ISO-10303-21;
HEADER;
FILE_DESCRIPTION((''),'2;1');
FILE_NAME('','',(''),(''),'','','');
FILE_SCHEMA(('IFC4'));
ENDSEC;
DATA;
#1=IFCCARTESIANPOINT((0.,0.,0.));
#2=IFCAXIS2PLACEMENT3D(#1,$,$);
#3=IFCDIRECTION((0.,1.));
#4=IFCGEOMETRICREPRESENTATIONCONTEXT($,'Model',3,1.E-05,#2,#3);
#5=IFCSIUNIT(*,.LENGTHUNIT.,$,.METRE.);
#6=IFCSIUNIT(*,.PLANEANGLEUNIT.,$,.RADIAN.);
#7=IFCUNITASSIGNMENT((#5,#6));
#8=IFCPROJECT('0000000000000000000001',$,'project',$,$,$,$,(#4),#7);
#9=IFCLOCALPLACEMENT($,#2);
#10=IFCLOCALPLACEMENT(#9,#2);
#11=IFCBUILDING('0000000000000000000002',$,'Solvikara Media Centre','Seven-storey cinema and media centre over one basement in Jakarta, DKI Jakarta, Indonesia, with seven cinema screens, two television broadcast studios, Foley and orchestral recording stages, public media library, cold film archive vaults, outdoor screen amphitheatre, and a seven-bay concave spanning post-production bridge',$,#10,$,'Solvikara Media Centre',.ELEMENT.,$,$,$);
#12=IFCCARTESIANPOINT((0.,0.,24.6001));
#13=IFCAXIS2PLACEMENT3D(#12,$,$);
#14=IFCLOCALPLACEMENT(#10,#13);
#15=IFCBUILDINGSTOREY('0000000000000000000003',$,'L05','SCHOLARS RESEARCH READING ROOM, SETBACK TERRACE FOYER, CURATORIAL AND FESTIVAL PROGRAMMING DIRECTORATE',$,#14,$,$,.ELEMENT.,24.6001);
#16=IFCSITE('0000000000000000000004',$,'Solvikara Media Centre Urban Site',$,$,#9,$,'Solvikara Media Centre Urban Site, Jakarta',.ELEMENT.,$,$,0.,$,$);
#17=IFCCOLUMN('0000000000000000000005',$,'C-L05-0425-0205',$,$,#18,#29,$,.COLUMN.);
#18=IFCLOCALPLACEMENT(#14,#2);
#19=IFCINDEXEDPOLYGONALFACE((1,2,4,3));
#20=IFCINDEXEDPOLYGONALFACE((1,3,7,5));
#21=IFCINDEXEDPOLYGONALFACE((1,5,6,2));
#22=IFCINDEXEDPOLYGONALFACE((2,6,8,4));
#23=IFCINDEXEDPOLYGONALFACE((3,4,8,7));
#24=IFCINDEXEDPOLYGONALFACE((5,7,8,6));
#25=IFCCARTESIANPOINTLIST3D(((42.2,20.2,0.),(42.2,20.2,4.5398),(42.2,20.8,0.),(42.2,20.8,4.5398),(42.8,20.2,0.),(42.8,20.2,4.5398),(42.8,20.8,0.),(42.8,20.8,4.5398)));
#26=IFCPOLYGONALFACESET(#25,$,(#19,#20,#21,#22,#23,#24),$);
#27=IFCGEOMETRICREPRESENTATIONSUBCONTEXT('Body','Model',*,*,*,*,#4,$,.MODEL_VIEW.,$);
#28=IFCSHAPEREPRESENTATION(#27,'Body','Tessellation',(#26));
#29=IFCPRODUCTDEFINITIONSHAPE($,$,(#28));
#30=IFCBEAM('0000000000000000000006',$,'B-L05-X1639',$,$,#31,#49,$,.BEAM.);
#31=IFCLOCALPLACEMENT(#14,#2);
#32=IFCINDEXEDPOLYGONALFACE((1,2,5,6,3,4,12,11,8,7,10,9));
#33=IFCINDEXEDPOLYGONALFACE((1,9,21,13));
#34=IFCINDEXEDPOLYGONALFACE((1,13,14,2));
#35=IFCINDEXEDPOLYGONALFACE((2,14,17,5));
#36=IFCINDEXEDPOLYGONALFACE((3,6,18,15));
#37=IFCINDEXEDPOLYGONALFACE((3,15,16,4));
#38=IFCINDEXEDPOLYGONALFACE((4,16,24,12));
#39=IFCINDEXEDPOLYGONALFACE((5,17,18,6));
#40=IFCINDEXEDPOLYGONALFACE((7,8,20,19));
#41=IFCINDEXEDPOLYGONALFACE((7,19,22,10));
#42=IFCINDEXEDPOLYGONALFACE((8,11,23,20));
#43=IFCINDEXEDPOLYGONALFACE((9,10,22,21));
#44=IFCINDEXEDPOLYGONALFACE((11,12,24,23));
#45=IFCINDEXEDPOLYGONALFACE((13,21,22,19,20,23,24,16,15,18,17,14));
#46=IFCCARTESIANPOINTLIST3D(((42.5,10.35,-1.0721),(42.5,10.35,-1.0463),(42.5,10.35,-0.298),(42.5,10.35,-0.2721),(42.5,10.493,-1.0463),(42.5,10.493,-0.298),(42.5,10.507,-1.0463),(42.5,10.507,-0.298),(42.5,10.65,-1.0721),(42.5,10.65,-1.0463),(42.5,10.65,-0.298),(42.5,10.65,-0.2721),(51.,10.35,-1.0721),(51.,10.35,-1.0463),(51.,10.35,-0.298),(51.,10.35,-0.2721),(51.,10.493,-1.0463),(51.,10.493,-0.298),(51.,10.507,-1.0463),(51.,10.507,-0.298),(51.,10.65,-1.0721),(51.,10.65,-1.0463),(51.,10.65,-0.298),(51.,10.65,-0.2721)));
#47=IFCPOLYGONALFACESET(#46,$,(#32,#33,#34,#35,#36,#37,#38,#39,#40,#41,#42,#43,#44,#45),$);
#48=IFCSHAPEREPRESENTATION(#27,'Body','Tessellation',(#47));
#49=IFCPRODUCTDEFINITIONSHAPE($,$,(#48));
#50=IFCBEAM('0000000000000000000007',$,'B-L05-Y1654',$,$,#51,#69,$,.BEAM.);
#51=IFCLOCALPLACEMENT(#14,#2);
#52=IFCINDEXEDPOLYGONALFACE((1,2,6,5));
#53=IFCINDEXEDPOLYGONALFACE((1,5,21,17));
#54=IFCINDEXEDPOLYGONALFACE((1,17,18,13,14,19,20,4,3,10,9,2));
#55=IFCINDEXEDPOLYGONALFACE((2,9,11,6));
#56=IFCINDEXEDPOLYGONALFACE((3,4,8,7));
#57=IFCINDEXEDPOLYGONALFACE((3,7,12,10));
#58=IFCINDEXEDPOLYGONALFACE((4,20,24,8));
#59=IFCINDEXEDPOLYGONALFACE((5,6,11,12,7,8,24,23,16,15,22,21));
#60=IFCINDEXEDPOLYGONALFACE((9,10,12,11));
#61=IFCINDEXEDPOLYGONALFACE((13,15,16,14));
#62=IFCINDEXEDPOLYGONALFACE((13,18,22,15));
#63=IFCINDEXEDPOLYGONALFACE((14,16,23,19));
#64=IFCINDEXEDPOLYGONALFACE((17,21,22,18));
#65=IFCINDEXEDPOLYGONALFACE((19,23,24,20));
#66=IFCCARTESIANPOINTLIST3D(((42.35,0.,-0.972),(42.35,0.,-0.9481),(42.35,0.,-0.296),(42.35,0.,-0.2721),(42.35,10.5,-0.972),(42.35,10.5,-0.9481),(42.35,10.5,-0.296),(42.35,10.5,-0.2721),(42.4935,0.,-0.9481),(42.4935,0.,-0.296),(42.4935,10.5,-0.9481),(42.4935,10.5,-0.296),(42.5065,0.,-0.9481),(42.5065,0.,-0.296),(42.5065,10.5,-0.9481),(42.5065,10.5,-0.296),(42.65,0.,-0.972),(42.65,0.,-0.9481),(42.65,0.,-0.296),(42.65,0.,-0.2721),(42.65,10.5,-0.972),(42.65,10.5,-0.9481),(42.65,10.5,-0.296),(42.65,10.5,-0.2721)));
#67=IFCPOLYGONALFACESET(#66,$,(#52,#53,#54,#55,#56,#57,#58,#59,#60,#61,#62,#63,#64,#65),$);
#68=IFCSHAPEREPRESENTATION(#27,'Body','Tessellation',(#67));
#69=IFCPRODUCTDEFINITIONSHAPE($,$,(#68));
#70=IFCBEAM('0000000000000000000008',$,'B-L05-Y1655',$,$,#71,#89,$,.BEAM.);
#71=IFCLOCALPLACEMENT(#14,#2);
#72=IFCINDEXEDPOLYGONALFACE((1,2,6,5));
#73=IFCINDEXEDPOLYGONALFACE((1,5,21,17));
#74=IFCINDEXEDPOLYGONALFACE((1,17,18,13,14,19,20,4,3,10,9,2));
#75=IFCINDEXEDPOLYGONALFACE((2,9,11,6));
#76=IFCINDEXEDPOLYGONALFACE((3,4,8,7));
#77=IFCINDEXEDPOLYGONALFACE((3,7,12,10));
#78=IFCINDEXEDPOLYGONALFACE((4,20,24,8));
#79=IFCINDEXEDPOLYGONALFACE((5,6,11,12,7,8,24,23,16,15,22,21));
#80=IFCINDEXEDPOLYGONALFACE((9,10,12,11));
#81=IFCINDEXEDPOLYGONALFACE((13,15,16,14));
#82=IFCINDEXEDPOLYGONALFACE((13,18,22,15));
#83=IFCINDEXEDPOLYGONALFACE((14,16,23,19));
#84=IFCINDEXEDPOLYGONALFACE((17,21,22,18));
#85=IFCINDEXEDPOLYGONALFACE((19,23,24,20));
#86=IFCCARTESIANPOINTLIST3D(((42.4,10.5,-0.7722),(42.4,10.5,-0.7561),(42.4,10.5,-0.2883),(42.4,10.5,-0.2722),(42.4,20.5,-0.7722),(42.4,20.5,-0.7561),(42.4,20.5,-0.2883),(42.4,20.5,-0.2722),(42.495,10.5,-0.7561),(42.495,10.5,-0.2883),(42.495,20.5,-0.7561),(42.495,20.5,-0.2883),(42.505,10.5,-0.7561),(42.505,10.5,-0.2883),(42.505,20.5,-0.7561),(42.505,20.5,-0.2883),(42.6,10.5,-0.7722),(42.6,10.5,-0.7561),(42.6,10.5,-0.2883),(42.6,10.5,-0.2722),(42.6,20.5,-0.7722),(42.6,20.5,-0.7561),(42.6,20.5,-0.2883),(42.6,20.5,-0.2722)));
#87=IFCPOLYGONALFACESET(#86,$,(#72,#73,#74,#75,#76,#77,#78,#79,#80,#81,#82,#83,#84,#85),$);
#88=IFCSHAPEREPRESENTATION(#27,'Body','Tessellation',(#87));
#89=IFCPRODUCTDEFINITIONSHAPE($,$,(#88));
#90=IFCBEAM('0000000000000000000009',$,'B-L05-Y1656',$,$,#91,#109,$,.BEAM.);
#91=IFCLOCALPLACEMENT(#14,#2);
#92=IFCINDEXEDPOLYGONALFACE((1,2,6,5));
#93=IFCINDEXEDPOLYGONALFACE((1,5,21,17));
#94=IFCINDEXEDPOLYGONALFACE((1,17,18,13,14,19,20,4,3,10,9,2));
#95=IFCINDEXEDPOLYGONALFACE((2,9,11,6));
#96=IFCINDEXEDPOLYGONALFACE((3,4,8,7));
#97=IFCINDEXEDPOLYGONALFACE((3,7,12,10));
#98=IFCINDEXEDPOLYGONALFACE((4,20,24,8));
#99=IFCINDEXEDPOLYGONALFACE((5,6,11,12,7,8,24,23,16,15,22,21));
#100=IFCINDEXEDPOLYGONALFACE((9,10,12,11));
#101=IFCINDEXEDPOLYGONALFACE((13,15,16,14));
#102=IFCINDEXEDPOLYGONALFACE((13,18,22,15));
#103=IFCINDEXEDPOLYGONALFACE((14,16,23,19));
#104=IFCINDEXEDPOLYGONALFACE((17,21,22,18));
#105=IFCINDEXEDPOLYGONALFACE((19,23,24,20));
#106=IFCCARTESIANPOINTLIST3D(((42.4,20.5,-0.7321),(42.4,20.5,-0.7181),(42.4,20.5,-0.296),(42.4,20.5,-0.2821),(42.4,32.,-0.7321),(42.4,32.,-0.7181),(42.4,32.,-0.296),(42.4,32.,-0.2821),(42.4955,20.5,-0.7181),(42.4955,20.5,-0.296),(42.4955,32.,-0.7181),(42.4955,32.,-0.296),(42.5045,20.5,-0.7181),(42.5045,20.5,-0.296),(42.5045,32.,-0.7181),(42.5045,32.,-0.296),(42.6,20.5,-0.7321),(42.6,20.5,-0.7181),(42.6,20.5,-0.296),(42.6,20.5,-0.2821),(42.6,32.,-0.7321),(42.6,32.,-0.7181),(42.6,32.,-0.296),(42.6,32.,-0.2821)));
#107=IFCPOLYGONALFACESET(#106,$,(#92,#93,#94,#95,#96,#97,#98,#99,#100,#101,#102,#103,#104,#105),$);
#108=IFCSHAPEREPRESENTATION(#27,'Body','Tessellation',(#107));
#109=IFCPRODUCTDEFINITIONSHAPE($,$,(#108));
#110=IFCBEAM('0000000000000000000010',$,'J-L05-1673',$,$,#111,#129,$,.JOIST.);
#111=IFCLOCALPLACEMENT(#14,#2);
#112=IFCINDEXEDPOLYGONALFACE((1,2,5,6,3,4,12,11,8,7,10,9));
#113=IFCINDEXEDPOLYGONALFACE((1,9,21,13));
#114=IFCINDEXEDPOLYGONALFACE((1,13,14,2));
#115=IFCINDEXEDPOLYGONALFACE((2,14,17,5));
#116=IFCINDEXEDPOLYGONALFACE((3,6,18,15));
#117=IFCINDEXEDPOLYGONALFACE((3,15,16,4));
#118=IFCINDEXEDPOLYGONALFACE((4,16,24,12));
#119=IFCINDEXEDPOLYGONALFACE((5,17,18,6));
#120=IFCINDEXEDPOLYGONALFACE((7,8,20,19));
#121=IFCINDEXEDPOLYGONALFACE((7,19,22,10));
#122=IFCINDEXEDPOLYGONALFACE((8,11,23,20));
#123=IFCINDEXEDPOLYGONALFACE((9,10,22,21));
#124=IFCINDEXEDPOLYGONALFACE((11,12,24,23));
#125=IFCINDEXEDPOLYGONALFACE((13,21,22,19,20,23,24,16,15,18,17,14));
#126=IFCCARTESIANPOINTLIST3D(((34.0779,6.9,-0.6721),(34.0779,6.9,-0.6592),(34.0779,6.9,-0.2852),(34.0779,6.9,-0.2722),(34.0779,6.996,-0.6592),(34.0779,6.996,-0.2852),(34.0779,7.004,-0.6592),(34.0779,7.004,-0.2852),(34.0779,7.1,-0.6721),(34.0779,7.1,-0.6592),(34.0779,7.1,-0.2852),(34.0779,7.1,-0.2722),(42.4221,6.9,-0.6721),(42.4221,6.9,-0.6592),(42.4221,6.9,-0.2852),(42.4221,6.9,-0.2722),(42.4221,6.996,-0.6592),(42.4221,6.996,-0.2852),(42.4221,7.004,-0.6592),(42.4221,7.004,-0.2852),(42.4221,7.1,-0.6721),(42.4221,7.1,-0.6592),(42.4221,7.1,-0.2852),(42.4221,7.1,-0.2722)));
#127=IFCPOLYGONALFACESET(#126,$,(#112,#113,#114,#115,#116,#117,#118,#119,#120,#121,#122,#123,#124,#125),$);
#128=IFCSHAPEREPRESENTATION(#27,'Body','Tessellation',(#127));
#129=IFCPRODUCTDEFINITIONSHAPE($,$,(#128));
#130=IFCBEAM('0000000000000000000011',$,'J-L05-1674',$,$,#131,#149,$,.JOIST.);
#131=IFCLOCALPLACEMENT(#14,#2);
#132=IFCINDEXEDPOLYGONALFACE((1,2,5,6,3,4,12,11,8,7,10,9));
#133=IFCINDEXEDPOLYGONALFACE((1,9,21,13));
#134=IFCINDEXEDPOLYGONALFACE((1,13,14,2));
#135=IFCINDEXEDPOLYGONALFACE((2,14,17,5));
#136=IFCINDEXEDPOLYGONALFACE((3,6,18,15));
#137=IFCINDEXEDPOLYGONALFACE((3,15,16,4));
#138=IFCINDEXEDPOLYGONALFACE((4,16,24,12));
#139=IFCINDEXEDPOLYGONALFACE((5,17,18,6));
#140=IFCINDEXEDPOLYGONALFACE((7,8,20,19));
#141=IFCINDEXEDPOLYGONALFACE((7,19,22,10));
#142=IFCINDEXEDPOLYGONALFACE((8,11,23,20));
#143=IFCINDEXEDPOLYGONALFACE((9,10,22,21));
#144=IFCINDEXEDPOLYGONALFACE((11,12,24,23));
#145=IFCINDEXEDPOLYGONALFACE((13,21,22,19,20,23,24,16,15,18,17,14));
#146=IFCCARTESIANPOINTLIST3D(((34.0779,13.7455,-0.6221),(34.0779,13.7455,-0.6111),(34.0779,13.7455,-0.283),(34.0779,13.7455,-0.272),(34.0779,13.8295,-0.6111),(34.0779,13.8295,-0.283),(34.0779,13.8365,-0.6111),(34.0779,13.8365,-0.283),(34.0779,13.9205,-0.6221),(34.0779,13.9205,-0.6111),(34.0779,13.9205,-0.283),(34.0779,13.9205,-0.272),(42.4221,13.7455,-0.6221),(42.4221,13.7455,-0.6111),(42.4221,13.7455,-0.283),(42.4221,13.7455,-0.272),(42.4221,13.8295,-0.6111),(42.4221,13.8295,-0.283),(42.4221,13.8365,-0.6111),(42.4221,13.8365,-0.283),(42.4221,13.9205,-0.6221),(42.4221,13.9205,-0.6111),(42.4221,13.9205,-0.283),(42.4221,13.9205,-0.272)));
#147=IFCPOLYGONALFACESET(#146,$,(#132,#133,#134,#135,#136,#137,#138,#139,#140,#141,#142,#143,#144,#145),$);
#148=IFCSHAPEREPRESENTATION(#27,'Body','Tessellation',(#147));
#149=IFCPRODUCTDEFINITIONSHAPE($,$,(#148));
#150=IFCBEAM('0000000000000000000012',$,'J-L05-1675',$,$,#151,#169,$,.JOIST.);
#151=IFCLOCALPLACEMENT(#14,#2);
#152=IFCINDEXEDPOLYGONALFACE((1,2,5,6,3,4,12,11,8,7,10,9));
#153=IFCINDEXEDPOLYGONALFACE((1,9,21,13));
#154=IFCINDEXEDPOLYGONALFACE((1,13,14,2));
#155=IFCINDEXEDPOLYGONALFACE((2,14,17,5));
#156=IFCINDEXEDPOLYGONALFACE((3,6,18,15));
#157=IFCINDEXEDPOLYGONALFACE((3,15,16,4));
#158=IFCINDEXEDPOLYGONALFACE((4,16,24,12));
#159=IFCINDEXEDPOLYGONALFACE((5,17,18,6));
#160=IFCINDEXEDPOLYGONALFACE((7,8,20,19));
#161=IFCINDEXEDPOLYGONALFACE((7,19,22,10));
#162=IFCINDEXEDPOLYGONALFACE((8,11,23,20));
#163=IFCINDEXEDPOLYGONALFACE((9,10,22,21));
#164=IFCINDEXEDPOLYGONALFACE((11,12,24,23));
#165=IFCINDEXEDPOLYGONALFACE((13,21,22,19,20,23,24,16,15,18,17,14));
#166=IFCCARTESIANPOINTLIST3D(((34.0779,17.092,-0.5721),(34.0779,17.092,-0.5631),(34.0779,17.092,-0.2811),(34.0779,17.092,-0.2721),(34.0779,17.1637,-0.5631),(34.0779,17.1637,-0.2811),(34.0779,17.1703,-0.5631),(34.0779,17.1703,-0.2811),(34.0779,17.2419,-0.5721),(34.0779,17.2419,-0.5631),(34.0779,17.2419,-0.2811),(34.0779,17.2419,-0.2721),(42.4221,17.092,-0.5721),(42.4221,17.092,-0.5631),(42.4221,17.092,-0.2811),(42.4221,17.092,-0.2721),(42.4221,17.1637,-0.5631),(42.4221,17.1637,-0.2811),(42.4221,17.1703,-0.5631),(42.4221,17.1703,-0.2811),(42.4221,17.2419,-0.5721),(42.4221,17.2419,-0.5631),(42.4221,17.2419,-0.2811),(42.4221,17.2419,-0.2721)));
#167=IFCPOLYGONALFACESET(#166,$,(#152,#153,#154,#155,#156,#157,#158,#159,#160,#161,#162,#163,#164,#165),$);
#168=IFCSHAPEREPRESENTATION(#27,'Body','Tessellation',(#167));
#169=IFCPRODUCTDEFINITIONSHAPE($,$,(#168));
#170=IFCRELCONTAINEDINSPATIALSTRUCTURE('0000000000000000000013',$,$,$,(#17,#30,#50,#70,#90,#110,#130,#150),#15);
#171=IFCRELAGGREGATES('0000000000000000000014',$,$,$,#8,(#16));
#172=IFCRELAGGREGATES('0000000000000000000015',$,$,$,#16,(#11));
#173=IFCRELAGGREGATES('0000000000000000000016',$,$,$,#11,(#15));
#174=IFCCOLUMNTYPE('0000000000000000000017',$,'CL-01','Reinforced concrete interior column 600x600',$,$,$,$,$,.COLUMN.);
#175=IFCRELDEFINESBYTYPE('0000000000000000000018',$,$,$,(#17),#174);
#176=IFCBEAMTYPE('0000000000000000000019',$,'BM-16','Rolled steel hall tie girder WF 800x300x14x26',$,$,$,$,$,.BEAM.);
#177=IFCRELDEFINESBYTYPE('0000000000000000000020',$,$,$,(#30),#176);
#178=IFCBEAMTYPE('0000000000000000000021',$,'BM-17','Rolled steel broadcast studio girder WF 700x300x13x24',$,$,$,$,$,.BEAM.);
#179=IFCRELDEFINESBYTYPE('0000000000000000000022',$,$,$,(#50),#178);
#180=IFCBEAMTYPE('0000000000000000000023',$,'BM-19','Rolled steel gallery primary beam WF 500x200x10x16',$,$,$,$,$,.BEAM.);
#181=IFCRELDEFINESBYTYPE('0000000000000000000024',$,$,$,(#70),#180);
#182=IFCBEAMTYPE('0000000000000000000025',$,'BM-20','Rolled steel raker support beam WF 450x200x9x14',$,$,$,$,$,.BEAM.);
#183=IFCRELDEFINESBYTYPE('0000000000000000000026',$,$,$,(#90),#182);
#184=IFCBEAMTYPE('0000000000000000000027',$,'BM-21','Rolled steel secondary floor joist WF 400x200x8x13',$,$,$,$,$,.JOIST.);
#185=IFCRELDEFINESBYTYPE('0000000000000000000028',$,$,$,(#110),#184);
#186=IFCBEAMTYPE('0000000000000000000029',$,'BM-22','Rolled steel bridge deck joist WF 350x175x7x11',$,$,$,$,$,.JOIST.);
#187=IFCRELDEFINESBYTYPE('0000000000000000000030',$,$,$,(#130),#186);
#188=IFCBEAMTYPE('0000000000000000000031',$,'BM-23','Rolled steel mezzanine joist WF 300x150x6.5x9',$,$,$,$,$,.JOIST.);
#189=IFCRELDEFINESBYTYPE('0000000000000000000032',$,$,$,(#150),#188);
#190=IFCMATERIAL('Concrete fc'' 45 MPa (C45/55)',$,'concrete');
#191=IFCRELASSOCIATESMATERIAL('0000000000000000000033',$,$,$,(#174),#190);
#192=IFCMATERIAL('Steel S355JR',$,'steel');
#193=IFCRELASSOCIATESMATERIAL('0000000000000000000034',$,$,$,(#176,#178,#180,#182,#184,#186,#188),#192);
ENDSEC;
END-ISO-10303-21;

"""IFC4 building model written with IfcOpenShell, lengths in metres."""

from ifc_helpers import new_model, si_unit, direction, frame, origin, origin_2d, place, context, subcontext, project, spatial, rectangle, i_section, extrude, material, material_profile, profile_set, type_object, element, save


model = new_model("IFC4")

# Units and contexts
model_context = context("Model", 3, precision=1e-05, world=origin(), true_north=direction((0.0, 1.0)))
body_context = subcontext(model_context, "Body", "Model", "MODEL_VIEW")
ifc_project = project(units=[si_unit("LENGTHUNIT", "METRE"), si_unit("PLANEANGLEUNIT", "RADIAN")], contexts=[model_context])

# Site, building, storey
site_placement = place(None, origin())
site = spatial("IfcSite", under=ifc_project, at=site_placement, Name="Solvikara Media Centre Urban Site", LongName="Solvikara Media Centre Urban Site, Jakarta", CompositionType="ELEMENT", RefElevation=0.0)
building_placement = place(site_placement, origin())
building = spatial("IfcBuilding", under=site, at=building_placement, Name="Solvikara Media Centre", Description="Seven-storey cinema and media centre over one basement in Jakarta, DKI Jakarta, Indonesia, with seven cinema screens, two television broadcast studios, Foley and orchestral recording stages, public media library, cold film archive vaults, outdoor screen amphitheatre, and a seven-bay concave spanning post-production bridge", LongName="Solvikara Media Centre", CompositionType="ELEMENT")
storey_placement = place(building_placement, frame((0.0, 0.0, 24.6001)))
storey = spatial("IfcBuildingStorey", under=building, at=storey_placement, Name="L05", Description="SCHOLARS RESEARCH READING ROOM, SETBACK TERRACE FOYER, CURATORIAL AND FESTIVAL PROGRAMMING DIRECTORATE", CompositionType="ELEMENT", Elevation=24.6001)

# Column
ifc_material_1 = material(Name="Concrete fc' 45 MPa (C45/55)", Category="concrete")
ifc_material_profile_1 = material_profile(ifc_material_1, rectangle(XDim=0.6001, YDim=0.6001, at=origin_2d()), Name="RC 600x600")
ifc_profile_set_1 = profile_set([ifc_material_profile_1], Name="Concrete fc' 45 MPa (C45/55)")
column_type = type_object("IfcColumnType", Name="CL-01", Description="Reinforced concrete interior column 600x600", PredefinedType="COLUMN", material=ifc_profile_set_1)
column_placement = place(storey_placement, frame((42.5, 20.5, 0.0), z_axis=(0.0, 0.0, 1.0), x_axis=(1.0, 0.0, 0.0)))
element("IfcColumn", 1, at=column_placement, inside=storey, type_object=column_type, Name="C-L05-0425-0205", PredefinedType="COLUMN", context=body_context, shape_type="SweptSolid", body=[
    extrude(rectangle(XDim=0.6001, YDim=0.6001, at=origin_2d()), origin(), (0.0, 0.0, 1.0), 4.5398),
])

# Beams
ifc_material_2 = material(Name="Steel S355JR", Category="steel")
ifc_material_profile_2 = material_profile(ifc_material_2, i_section(OverallWidth=0.3, OverallDepth=0.8, WebThickness=0.0139, FlangeThickness=0.0259, at=origin_2d()), Name="WF 800x300x14x26")
ifc_profile_set_2 = profile_set([ifc_material_profile_2], Name="Steel S355JR")
beam_type_1 = type_object("IfcBeamType", Name="BM-16", Description="Rolled steel hall tie girder WF 800x300x14x26", PredefinedType="BEAM", material=ifc_profile_set_2)
beam_1_placement = place(storey_placement, frame((42.5, 10.5, -0.6721), z_axis=(1.0, 0.0, 0.0), x_axis=(0.0, 1.0, 0.0)))
element("IfcBeam", 2, at=beam_1_placement, inside=storey, type_object=beam_type_1, Name="B-L05-X1639", PredefinedType="BEAM", context=body_context, shape_type="SweptSolid", body=[
    extrude(i_section(OverallWidth=0.3, OverallDepth=0.8, WebThickness=0.0139, FlangeThickness=0.0259, at=origin_2d()), origin(), (0.0, 0.0, 1.0), 8.5),
])
ifc_material_profile_3 = material_profile(ifc_material_2, i_section(OverallWidth=0.3, OverallDepth=0.7, WebThickness=0.0129, FlangeThickness=0.0239, at=origin_2d()), Name="WF 700x300x13x24")
ifc_profile_set_3 = profile_set([ifc_material_profile_3], Name="Steel S355JR")
beam_type_2 = type_object("IfcBeamType", Name="BM-17", Description="Rolled steel broadcast studio girder WF 700x300x13x24", PredefinedType="BEAM", material=ifc_profile_set_3)
beam_2_placement = place(storey_placement, frame((42.5, 0.0, -0.6221), z_axis=(0.0, 1.0, 0.0), x_axis=(-1.0, 0.0, 0.0)))
element("IfcBeam", 3, at=beam_2_placement, inside=storey, type_object=beam_type_2, Name="B-L05-Y1654", PredefinedType="BEAM", context=body_context, shape_type="SweptSolid", body=[
    extrude(i_section(OverallWidth=0.3, OverallDepth=0.7, WebThickness=0.0129, FlangeThickness=0.0239, at=origin_2d()), origin(), (0.0, 0.0, 1.0), 10.5),
])
ifc_material_profile_4 = material_profile(ifc_material_2, i_section(OverallWidth=0.2, OverallDepth=0.5, WebThickness=0.01, FlangeThickness=0.0161, at=origin_2d()), Name="WF 500x200x10x16")
ifc_profile_set_4 = profile_set([ifc_material_profile_4], Name="Steel S355JR")
beam_type_3 = type_object("IfcBeamType", Name="BM-19", Description="Rolled steel gallery primary beam WF 500x200x10x16", PredefinedType="BEAM", material=ifc_profile_set_4)
beam_3_placement = place(storey_placement, frame((42.5, 10.5, -0.5222), z_axis=(0.0, 1.0, 0.0), x_axis=(-1.0, 0.0, 0.0)))
element("IfcBeam", 4, at=beam_3_placement, inside=storey, type_object=beam_type_3, Name="B-L05-Y1655", PredefinedType="BEAM", context=body_context, shape_type="SweptSolid", body=[
    extrude(i_section(OverallWidth=0.2, OverallDepth=0.5, WebThickness=0.01, FlangeThickness=0.0161, at=origin_2d()), origin(), (0.0, 0.0, 1.0), 10.0),
])
ifc_material_profile_5 = material_profile(ifc_material_2, i_section(OverallWidth=0.2, OverallDepth=0.45, WebThickness=0.009, FlangeThickness=0.0139, at=origin_2d()), Name="WF 450x200x9x14")
ifc_profile_set_5 = profile_set([ifc_material_profile_5], Name="Steel S355JR")
beam_type_4 = type_object("IfcBeamType", Name="BM-20", Description="Rolled steel raker support beam WF 450x200x9x14", PredefinedType="BEAM", material=ifc_profile_set_5)
beam_4_placement = place(storey_placement, frame((42.5, 20.5, -0.5071), z_axis=(0.0, 1.0, 0.0), x_axis=(-1.0, 0.0, 0.0)))
element("IfcBeam", 5, at=beam_4_placement, inside=storey, type_object=beam_type_4, Name="B-L05-Y1656", PredefinedType="BEAM", context=body_context, shape_type="SweptSolid", body=[
    extrude(i_section(OverallWidth=0.2, OverallDepth=0.45, WebThickness=0.009, FlangeThickness=0.0139, at=origin_2d()), origin(), (0.0, 0.0, 1.0), 11.5),
])
ifc_material_profile_6 = material_profile(ifc_material_2, i_section(OverallWidth=0.2, OverallDepth=0.3999, WebThickness=0.0081, FlangeThickness=0.0129, at=origin_2d()), Name="WF 400x200x8x13")
ifc_profile_set_6 = profile_set([ifc_material_profile_6], Name="Steel S355JR")
beam_type_5 = type_object("IfcBeamType", Name="BM-21", Description="Rolled steel secondary floor joist WF 400x200x8x13", PredefinedType="JOIST", material=ifc_profile_set_6)
beam_5_placement = place(storey_placement, frame((34.0779, 7.0, -0.4722), z_axis=(1.0, 0.0, 0.0), x_axis=(0.0, 1.0, 0.0)))
element("IfcBeam", 6, at=beam_5_placement, inside=storey, type_object=beam_type_5, Name="J-L05-1673", PredefinedType="JOIST", context=body_context, shape_type="SweptSolid", body=[
    extrude(i_section(OverallWidth=0.2, OverallDepth=0.3999, WebThickness=0.0081, FlangeThickness=0.0129, at=origin_2d()), origin(), (0.0, 0.0, 1.0), 8.3442),
])
ifc_material_profile_7 = material_profile(ifc_material_2, i_section(OverallWidth=0.175, OverallDepth=0.3501, WebThickness=0.0071, FlangeThickness=0.011, at=origin_2d()), Name="WF 350x175x7x11")
ifc_profile_set_7 = profile_set([ifc_material_profile_7], Name="Steel S355JR")
beam_type_6 = type_object("IfcBeamType", Name="BM-22", Description="Rolled steel bridge deck joist WF 350x175x7x11", PredefinedType="JOIST", material=ifc_profile_set_7)
beam_6_placement = place(storey_placement, frame((34.0779, 13.833, -0.447), z_axis=(1.0, 0.0, 0.0), x_axis=(0.0, 1.0, 0.0)))
element("IfcBeam", 7, at=beam_6_placement, inside=storey, type_object=beam_type_6, Name="J-L05-1674", PredefinedType="JOIST", context=body_context, shape_type="SweptSolid", body=[
    extrude(i_section(OverallWidth=0.175, OverallDepth=0.3501, WebThickness=0.0071, FlangeThickness=0.011, at=origin_2d()), origin(), (0.0, 0.0, 1.0), 8.3442),
])
ifc_material_profile_8 = material_profile(ifc_material_2, i_section(OverallWidth=0.1499, OverallDepth=0.3, WebThickness=0.0066, FlangeThickness=0.009, at=origin_2d()), Name="WF 300x150x6.5x9")
ifc_profile_set_8 = profile_set([ifc_material_profile_8], Name="Steel S355JR")
beam_type_7 = type_object("IfcBeamType", Name="BM-23", Description="Rolled steel mezzanine joist WF 300x150x6.5x9", PredefinedType="JOIST", material=ifc_profile_set_8)
beam_7_placement = place(storey_placement, frame((34.0779, 17.167, -0.4221), z_axis=(1.0, 0.0, 0.0), x_axis=(0.0, 1.0, 0.0)))
element("IfcBeam", 8, at=beam_7_placement, inside=storey, type_object=beam_type_7, Name="J-L05-1675", PredefinedType="JOIST", context=body_context, shape_type="SweptSolid", body=[
    extrude(i_section(OverallWidth=0.1499, OverallDepth=0.3, WebThickness=0.0066, FlangeThickness=0.009, at=origin_2d()), origin(), (0.0, 0.0, 1.0), 8.3442),
])

save(model, "model.ifc")
